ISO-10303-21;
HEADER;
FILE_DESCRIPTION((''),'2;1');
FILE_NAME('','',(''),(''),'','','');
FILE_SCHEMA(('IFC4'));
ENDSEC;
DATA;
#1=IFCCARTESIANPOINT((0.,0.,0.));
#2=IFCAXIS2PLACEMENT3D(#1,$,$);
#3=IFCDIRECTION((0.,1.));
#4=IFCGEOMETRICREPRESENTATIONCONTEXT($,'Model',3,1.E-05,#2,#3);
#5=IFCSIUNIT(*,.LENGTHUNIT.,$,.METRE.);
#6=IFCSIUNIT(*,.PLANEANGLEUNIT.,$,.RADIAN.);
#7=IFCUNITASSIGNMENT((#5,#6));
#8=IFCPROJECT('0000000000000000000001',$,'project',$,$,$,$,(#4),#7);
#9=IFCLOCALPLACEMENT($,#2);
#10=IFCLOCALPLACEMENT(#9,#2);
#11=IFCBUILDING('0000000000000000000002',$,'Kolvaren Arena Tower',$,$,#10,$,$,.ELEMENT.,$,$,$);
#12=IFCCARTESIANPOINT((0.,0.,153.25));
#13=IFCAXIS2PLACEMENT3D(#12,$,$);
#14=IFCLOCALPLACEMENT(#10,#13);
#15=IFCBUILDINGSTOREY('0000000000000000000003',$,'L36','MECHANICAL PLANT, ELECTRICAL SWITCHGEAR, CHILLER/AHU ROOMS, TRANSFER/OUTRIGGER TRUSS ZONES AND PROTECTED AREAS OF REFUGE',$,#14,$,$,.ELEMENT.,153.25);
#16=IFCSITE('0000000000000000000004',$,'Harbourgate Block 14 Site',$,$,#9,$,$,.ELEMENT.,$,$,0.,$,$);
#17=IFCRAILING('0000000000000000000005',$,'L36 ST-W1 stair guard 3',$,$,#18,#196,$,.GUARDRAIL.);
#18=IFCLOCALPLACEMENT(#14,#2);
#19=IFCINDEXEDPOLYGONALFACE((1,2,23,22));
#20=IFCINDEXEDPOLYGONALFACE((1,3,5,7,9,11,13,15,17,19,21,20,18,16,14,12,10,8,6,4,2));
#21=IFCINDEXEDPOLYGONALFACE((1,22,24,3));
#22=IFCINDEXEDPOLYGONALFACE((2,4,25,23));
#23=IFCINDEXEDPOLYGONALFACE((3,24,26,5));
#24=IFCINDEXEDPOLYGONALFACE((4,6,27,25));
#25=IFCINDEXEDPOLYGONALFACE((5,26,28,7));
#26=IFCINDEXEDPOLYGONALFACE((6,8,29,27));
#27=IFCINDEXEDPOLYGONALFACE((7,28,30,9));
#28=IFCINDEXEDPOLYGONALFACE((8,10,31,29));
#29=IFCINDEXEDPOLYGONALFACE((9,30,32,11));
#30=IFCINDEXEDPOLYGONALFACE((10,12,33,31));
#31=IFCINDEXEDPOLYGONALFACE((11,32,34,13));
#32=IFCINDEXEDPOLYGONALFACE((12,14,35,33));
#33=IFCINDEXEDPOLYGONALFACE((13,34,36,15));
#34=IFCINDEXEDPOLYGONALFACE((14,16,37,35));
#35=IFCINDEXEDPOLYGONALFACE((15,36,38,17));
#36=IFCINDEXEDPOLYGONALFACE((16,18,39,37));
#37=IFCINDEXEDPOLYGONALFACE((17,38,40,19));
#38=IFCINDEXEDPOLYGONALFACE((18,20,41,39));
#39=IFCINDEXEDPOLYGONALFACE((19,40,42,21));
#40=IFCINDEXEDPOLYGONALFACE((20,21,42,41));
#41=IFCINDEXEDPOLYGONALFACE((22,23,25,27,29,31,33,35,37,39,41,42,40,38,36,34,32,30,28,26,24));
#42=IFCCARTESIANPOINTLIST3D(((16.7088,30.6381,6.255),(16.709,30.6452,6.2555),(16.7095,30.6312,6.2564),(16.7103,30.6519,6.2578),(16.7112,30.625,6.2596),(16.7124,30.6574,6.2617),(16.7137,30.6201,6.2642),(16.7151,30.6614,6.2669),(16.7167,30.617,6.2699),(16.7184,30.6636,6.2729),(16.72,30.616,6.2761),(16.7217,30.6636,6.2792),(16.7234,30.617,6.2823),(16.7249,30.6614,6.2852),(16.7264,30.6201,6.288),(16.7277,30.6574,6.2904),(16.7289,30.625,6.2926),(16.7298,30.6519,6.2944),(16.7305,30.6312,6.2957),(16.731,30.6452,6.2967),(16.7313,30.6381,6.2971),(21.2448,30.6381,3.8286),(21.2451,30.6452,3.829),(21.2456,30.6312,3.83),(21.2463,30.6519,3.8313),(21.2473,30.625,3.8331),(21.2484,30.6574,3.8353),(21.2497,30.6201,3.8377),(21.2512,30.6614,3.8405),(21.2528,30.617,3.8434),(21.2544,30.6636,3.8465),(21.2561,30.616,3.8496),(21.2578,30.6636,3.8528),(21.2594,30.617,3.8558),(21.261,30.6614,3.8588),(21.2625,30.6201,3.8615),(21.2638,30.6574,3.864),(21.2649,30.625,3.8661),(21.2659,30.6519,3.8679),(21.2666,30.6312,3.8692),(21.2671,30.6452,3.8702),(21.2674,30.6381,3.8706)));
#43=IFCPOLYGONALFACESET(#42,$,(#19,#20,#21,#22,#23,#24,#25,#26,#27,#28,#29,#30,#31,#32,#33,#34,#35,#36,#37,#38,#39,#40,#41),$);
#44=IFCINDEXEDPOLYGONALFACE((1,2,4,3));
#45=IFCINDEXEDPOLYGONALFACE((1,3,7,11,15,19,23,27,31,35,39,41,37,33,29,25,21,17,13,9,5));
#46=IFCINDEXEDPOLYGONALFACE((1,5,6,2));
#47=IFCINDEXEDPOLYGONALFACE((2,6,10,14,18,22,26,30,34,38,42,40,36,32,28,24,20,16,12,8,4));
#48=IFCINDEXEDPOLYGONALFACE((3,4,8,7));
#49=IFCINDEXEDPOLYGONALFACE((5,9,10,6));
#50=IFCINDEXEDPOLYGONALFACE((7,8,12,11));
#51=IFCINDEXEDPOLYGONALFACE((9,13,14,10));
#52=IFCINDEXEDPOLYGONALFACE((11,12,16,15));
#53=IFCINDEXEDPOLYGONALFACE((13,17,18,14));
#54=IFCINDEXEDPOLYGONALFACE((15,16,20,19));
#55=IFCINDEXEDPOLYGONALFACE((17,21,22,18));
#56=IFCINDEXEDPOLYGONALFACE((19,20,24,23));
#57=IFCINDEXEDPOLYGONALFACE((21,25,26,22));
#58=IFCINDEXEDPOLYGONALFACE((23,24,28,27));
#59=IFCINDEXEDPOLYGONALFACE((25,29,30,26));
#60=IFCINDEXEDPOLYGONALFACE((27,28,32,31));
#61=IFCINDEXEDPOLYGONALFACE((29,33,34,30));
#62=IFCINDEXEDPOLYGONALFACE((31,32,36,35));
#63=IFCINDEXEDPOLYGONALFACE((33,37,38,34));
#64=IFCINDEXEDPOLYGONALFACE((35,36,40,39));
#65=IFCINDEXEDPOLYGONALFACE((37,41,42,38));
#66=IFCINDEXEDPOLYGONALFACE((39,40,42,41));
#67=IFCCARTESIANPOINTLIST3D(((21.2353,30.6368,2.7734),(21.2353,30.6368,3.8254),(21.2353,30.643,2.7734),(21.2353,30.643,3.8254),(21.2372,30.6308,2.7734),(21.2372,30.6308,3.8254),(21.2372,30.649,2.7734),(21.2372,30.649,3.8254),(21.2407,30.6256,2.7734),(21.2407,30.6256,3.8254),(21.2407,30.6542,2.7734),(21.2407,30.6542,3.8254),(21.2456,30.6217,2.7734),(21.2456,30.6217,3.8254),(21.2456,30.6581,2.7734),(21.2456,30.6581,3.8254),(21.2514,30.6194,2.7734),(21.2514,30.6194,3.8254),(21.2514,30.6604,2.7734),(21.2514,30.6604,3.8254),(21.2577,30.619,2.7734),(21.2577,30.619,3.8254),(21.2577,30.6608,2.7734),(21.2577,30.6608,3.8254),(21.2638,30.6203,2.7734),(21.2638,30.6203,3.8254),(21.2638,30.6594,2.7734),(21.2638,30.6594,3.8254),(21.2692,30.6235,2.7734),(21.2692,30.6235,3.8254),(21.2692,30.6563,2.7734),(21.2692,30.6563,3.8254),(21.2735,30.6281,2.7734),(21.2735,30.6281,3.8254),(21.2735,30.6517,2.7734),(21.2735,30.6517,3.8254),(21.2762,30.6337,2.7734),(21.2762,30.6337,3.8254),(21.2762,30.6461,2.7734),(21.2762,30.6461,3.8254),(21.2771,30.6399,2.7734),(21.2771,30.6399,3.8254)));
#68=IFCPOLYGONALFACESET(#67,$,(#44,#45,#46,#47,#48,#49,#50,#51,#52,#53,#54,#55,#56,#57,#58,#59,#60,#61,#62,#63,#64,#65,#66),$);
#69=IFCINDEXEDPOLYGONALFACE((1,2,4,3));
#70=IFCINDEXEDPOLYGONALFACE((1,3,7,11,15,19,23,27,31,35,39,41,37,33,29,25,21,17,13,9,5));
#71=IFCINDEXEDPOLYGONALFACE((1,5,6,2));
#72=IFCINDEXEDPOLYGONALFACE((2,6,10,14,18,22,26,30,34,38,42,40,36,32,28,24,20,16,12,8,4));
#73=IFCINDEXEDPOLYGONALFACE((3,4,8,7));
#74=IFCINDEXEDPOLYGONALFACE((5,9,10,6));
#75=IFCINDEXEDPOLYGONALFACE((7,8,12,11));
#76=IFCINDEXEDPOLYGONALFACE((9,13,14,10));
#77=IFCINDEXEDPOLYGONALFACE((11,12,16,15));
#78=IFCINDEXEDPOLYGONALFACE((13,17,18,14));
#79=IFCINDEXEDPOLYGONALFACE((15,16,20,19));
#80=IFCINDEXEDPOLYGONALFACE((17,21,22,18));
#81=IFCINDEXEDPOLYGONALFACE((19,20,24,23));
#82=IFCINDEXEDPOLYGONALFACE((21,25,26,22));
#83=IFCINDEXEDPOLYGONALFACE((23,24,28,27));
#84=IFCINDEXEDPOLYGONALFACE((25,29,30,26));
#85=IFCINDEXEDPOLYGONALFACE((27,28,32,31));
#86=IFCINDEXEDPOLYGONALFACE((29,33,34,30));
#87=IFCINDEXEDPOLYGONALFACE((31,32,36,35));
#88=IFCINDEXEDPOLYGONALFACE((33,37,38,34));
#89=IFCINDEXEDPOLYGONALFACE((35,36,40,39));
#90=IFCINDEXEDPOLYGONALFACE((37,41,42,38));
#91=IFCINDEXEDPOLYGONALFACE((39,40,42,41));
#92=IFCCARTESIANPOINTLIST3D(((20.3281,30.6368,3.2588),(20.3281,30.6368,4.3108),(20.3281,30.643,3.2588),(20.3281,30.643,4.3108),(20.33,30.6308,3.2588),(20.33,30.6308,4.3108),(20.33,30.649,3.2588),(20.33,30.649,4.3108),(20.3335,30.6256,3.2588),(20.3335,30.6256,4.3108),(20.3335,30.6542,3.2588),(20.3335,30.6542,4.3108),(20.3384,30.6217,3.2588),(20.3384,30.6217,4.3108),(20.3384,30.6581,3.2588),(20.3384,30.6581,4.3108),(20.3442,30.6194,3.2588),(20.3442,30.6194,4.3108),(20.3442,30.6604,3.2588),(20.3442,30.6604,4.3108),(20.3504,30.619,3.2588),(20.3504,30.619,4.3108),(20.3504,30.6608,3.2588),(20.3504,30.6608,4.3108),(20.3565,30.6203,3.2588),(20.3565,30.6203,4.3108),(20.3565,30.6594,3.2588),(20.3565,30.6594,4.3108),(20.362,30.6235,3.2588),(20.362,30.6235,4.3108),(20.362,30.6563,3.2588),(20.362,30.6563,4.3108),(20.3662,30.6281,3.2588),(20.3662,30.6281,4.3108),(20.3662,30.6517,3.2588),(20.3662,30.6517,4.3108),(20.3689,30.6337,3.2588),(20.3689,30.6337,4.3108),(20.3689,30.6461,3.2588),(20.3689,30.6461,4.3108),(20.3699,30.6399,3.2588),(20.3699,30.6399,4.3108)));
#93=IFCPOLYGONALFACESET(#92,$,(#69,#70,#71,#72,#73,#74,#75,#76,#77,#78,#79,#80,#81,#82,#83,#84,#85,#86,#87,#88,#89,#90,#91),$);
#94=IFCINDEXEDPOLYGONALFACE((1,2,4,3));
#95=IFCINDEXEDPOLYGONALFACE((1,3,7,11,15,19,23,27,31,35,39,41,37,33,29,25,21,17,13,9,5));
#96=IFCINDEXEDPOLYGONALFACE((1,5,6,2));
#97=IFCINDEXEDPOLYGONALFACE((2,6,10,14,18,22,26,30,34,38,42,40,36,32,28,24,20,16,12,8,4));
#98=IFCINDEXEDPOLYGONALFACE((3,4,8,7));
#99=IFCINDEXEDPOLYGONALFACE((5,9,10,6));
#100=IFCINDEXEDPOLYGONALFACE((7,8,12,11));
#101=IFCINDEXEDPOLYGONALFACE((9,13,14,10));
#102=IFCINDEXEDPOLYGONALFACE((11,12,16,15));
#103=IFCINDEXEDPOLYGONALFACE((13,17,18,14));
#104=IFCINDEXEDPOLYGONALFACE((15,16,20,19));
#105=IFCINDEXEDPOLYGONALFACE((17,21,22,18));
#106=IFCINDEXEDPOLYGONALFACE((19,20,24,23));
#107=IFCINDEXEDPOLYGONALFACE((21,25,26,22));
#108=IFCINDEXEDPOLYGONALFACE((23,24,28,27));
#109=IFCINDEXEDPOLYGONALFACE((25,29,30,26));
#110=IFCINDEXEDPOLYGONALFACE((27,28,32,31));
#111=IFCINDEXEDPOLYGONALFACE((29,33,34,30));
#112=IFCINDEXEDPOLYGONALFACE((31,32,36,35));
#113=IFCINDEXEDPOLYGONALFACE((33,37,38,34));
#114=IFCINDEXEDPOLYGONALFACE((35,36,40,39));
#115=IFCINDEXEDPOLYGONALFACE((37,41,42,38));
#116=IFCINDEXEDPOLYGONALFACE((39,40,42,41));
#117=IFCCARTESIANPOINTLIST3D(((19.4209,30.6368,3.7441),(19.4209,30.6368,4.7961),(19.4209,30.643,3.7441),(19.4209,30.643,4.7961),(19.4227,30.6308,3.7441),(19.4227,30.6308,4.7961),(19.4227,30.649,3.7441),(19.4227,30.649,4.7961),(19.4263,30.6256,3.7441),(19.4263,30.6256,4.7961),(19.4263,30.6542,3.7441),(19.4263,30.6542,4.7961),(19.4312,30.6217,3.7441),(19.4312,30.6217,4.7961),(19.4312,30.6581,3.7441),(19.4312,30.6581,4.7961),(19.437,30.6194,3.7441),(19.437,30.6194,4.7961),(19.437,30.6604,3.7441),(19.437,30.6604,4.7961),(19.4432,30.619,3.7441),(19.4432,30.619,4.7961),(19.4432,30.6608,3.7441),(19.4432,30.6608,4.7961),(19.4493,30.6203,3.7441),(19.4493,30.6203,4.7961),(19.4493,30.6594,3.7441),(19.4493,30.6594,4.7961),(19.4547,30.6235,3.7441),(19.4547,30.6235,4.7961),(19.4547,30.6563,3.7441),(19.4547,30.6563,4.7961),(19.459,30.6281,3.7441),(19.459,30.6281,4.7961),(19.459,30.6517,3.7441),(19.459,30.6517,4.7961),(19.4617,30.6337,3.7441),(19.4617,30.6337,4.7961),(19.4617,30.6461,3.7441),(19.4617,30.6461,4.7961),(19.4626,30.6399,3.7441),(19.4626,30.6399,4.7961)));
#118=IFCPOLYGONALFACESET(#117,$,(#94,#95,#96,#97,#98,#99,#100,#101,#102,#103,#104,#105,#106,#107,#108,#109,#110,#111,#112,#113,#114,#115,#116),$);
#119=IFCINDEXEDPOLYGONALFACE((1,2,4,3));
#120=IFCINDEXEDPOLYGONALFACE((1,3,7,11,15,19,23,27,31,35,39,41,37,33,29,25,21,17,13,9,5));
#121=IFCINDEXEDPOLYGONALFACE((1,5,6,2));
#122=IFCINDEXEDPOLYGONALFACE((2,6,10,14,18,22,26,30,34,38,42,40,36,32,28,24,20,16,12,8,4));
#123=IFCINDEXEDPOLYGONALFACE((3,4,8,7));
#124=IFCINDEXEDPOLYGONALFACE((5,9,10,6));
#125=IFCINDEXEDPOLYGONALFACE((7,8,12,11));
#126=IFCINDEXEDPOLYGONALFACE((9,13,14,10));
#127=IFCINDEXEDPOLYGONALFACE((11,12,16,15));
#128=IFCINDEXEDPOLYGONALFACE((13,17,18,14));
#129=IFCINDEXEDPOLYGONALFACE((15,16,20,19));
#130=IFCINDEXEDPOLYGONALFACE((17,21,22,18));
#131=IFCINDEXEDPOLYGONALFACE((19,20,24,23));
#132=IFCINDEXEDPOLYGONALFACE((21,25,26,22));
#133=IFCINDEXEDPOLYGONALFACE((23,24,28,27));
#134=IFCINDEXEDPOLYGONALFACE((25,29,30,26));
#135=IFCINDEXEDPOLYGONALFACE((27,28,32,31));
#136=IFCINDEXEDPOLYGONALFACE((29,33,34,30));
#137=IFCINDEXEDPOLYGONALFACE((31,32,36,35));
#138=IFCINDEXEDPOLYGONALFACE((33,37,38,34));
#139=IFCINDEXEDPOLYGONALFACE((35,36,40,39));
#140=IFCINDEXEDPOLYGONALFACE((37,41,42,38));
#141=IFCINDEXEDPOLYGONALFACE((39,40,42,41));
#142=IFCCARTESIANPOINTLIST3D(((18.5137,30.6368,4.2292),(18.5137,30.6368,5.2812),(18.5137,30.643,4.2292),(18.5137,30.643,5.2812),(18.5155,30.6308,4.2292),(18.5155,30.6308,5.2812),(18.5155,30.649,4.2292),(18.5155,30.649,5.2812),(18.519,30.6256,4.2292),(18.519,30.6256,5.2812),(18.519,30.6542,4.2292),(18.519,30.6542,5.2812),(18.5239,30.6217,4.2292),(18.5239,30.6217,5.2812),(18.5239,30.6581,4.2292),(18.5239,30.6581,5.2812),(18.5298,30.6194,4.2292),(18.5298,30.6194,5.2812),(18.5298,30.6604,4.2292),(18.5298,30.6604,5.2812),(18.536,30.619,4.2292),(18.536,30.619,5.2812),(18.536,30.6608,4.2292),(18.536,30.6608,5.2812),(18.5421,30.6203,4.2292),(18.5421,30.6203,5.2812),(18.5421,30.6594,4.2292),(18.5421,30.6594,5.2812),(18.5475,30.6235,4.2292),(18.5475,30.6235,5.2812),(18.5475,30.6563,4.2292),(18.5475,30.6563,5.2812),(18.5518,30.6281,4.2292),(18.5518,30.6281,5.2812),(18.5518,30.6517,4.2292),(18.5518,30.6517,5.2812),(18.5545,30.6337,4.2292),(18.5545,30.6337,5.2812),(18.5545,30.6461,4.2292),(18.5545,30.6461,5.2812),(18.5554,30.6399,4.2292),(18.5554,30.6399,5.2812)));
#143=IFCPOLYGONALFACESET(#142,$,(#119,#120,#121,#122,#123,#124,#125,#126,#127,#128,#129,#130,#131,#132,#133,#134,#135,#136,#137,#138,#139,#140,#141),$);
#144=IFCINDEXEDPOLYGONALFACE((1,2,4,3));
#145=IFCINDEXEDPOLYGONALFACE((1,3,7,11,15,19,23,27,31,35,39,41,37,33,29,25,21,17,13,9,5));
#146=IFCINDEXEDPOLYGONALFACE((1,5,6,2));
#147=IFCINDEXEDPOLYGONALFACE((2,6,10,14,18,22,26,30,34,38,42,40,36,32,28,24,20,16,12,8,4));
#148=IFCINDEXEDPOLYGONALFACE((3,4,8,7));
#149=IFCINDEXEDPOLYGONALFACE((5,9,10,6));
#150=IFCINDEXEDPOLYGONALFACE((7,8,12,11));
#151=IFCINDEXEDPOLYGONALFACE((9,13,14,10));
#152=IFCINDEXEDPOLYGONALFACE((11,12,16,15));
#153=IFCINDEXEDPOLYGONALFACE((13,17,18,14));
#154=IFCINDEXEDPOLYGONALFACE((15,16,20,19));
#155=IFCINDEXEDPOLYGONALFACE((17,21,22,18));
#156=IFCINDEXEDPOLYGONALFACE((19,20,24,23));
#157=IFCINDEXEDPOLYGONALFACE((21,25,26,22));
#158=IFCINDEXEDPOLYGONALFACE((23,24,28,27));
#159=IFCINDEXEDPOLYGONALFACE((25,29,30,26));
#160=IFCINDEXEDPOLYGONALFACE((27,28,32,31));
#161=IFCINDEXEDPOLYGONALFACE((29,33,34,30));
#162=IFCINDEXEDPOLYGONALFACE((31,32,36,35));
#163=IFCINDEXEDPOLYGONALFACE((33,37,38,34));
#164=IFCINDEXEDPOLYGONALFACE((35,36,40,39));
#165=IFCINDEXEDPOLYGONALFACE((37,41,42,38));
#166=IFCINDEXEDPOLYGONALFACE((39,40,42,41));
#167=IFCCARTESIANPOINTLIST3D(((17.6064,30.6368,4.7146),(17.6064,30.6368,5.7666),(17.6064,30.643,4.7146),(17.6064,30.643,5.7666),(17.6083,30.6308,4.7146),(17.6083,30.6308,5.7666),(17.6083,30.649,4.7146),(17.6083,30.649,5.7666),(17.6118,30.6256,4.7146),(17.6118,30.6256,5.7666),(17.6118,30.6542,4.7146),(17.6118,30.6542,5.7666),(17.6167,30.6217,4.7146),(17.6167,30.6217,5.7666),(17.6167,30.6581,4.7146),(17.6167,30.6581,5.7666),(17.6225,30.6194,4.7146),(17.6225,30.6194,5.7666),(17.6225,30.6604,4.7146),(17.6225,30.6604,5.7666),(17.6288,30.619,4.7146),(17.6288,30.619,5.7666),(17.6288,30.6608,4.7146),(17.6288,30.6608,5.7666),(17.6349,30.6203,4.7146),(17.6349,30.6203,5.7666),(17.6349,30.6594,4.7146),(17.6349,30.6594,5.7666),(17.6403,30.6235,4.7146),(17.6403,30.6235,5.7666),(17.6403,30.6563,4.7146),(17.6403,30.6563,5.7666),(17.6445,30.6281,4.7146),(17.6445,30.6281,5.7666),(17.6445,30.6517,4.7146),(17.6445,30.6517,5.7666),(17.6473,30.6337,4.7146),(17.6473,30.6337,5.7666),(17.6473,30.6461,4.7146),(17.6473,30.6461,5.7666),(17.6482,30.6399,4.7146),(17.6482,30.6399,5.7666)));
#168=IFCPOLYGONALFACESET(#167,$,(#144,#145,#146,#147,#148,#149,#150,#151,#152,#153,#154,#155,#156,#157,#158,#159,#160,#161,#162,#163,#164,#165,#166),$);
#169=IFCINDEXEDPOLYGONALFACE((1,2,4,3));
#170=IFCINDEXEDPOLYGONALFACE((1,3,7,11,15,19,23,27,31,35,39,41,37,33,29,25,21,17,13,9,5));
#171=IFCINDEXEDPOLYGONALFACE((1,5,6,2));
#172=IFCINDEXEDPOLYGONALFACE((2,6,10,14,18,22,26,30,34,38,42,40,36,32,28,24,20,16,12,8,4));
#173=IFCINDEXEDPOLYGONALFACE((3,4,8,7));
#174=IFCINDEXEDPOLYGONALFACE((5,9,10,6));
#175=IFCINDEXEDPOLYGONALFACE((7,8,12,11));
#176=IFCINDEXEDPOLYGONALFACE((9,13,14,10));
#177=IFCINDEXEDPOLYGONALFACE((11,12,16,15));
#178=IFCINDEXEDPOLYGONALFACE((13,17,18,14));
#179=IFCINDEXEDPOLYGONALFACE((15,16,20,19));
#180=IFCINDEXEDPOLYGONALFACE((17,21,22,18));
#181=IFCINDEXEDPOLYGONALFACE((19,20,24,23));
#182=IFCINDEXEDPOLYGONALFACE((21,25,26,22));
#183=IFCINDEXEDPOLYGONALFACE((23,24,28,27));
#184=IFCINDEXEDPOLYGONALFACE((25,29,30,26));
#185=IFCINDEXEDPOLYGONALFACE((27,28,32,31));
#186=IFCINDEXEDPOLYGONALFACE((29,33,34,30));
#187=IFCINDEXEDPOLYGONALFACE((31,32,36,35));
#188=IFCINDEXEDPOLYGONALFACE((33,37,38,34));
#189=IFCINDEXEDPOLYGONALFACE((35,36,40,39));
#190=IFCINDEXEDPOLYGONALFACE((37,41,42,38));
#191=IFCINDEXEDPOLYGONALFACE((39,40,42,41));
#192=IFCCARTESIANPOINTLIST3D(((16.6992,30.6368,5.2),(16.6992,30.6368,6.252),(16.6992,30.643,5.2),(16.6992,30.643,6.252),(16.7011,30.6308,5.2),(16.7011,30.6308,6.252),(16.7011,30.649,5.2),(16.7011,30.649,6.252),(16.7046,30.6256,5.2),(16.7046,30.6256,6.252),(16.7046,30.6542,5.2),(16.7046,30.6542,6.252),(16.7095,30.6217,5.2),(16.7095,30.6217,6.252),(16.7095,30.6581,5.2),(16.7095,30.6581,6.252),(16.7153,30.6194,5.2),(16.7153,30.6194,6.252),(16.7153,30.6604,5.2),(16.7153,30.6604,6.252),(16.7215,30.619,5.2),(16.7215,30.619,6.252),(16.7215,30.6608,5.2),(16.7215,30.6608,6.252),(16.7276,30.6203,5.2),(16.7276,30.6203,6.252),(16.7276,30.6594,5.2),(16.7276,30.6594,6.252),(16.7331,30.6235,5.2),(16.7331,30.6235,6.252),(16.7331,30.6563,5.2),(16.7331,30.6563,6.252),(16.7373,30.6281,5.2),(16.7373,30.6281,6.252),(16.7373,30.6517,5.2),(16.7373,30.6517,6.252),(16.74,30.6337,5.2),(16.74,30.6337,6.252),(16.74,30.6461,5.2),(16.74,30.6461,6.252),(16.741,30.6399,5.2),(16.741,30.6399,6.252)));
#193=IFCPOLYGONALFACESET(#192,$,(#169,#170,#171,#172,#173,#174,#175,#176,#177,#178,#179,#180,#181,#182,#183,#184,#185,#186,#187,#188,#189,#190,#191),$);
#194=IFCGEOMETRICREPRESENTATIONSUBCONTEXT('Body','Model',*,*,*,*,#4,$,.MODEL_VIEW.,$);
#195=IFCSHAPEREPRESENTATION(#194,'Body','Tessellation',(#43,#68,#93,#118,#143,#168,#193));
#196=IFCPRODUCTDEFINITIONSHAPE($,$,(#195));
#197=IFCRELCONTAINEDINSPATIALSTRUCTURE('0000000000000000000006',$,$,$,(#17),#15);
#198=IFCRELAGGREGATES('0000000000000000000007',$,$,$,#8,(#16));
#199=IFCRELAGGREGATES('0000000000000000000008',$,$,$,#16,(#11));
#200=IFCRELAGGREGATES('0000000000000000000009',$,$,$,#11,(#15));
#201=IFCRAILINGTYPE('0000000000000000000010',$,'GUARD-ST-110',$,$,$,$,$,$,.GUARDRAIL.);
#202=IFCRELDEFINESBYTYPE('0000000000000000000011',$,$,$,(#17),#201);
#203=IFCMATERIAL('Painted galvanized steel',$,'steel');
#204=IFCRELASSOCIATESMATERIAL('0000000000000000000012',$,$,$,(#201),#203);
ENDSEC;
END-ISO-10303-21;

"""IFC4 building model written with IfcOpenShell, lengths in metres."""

from ifc_helpers import new_model, si_unit, direction, frame, origin, origin_2d, place, context, subcontext, project, spatial, circle, extrude, material, type_object, element, save


model = new_model("IFC4")

# Units and contexts
model_context = context("Model", 3, precision=1e-05, world=origin(), true_north=direction((0.0, 1.0)))
body_context = subcontext(model_context, "Body", "Model", "MODEL_VIEW")
ifc_project = project(units=[si_unit("LENGTHUNIT", "METRE"), si_unit("PLANEANGLEUNIT", "RADIAN")], contexts=[model_context])

# Site, building, storey
site_placement = place(None, origin())
site = spatial("IfcSite", under=ifc_project, at=site_placement, Name="Harbourgate Block 14 Site", CompositionType="ELEMENT", RefElevation=0.0)
building_placement = place(site_placement, origin())
building = spatial("IfcBuilding", under=site, at=building_placement, Name="Kolvaren Arena Tower", CompositionType="ELEMENT")
storey_placement = place(building_placement, frame((0.0, 0.0, 153.25)))
storey = spatial("IfcBuildingStorey", under=building, at=storey_placement, Name="L36", Description="MECHANICAL PLANT, ELECTRICAL SWITCHGEAR, CHILLER/AHU ROOMS, TRANSFER/OUTRIGGER TRUSS ZONES AND PROTECTED AREAS OF REFUGE", CompositionType="ELEMENT", Elevation=153.25)

# Railing
ifc_material_1 = material(Name="Painted galvanized steel", Category="steel")
railing_type_1 = type_object("IfcRailingType", Name="GUARD-ST-110", PredefinedType="GUARDRAIL", material=ifc_material_1)
railing_1_placement = place(storey_placement, frame((21.2561, 30.6399, 2.7734)))
element("IfcRailing", 1, at=railing_1_placement, inside=storey, type_object=railing_type_1, Name="L36 ST-W1 stair guard 3", PredefinedType="GUARDRAIL", context=body_context, shape_type="SweptSolid", body=[
    extrude(circle(Radius=0.0239, at=origin_2d()), frame((0.0, 0.0, 1.0762), z_axis=(-0.881768, 0.0, 0.471684), x_axis=(0.0, -1.0, 0.0)), (0.0, 0.0, 1.0), 5.1443),
    extrude(circle(Radius=0.021, at=origin_2d()), origin(), (0.0, 0.0, 1.0), 1.052),
    extrude(circle(Radius=0.021, at=origin_2d()), frame((-0.9072, 0.0, 0.4854)), (0.0, 0.0, 1.0), 1.052),
    extrude(circle(Radius=0.021, at=origin_2d()), frame((-1.8145, 0.0, 0.9707)), (0.0, 0.0, 1.0), 1.052),
    extrude(circle(Radius=0.021, at=origin_2d()), frame((-2.7217, 0.0, 1.4558)), (0.0, 0.0, 1.0), 1.052),
    extrude(circle(Radius=0.021, at=origin_2d()), frame((-3.6289, 0.0, 1.9412)), (0.0, 0.0, 1.0), 1.052),
    extrude(circle(Radius=0.021, at=origin_2d()), frame((-4.5361, 0.0, 2.4265)), (0.0, 0.0, 1.0), 1.052),
])

save(model, "model.ifc")
